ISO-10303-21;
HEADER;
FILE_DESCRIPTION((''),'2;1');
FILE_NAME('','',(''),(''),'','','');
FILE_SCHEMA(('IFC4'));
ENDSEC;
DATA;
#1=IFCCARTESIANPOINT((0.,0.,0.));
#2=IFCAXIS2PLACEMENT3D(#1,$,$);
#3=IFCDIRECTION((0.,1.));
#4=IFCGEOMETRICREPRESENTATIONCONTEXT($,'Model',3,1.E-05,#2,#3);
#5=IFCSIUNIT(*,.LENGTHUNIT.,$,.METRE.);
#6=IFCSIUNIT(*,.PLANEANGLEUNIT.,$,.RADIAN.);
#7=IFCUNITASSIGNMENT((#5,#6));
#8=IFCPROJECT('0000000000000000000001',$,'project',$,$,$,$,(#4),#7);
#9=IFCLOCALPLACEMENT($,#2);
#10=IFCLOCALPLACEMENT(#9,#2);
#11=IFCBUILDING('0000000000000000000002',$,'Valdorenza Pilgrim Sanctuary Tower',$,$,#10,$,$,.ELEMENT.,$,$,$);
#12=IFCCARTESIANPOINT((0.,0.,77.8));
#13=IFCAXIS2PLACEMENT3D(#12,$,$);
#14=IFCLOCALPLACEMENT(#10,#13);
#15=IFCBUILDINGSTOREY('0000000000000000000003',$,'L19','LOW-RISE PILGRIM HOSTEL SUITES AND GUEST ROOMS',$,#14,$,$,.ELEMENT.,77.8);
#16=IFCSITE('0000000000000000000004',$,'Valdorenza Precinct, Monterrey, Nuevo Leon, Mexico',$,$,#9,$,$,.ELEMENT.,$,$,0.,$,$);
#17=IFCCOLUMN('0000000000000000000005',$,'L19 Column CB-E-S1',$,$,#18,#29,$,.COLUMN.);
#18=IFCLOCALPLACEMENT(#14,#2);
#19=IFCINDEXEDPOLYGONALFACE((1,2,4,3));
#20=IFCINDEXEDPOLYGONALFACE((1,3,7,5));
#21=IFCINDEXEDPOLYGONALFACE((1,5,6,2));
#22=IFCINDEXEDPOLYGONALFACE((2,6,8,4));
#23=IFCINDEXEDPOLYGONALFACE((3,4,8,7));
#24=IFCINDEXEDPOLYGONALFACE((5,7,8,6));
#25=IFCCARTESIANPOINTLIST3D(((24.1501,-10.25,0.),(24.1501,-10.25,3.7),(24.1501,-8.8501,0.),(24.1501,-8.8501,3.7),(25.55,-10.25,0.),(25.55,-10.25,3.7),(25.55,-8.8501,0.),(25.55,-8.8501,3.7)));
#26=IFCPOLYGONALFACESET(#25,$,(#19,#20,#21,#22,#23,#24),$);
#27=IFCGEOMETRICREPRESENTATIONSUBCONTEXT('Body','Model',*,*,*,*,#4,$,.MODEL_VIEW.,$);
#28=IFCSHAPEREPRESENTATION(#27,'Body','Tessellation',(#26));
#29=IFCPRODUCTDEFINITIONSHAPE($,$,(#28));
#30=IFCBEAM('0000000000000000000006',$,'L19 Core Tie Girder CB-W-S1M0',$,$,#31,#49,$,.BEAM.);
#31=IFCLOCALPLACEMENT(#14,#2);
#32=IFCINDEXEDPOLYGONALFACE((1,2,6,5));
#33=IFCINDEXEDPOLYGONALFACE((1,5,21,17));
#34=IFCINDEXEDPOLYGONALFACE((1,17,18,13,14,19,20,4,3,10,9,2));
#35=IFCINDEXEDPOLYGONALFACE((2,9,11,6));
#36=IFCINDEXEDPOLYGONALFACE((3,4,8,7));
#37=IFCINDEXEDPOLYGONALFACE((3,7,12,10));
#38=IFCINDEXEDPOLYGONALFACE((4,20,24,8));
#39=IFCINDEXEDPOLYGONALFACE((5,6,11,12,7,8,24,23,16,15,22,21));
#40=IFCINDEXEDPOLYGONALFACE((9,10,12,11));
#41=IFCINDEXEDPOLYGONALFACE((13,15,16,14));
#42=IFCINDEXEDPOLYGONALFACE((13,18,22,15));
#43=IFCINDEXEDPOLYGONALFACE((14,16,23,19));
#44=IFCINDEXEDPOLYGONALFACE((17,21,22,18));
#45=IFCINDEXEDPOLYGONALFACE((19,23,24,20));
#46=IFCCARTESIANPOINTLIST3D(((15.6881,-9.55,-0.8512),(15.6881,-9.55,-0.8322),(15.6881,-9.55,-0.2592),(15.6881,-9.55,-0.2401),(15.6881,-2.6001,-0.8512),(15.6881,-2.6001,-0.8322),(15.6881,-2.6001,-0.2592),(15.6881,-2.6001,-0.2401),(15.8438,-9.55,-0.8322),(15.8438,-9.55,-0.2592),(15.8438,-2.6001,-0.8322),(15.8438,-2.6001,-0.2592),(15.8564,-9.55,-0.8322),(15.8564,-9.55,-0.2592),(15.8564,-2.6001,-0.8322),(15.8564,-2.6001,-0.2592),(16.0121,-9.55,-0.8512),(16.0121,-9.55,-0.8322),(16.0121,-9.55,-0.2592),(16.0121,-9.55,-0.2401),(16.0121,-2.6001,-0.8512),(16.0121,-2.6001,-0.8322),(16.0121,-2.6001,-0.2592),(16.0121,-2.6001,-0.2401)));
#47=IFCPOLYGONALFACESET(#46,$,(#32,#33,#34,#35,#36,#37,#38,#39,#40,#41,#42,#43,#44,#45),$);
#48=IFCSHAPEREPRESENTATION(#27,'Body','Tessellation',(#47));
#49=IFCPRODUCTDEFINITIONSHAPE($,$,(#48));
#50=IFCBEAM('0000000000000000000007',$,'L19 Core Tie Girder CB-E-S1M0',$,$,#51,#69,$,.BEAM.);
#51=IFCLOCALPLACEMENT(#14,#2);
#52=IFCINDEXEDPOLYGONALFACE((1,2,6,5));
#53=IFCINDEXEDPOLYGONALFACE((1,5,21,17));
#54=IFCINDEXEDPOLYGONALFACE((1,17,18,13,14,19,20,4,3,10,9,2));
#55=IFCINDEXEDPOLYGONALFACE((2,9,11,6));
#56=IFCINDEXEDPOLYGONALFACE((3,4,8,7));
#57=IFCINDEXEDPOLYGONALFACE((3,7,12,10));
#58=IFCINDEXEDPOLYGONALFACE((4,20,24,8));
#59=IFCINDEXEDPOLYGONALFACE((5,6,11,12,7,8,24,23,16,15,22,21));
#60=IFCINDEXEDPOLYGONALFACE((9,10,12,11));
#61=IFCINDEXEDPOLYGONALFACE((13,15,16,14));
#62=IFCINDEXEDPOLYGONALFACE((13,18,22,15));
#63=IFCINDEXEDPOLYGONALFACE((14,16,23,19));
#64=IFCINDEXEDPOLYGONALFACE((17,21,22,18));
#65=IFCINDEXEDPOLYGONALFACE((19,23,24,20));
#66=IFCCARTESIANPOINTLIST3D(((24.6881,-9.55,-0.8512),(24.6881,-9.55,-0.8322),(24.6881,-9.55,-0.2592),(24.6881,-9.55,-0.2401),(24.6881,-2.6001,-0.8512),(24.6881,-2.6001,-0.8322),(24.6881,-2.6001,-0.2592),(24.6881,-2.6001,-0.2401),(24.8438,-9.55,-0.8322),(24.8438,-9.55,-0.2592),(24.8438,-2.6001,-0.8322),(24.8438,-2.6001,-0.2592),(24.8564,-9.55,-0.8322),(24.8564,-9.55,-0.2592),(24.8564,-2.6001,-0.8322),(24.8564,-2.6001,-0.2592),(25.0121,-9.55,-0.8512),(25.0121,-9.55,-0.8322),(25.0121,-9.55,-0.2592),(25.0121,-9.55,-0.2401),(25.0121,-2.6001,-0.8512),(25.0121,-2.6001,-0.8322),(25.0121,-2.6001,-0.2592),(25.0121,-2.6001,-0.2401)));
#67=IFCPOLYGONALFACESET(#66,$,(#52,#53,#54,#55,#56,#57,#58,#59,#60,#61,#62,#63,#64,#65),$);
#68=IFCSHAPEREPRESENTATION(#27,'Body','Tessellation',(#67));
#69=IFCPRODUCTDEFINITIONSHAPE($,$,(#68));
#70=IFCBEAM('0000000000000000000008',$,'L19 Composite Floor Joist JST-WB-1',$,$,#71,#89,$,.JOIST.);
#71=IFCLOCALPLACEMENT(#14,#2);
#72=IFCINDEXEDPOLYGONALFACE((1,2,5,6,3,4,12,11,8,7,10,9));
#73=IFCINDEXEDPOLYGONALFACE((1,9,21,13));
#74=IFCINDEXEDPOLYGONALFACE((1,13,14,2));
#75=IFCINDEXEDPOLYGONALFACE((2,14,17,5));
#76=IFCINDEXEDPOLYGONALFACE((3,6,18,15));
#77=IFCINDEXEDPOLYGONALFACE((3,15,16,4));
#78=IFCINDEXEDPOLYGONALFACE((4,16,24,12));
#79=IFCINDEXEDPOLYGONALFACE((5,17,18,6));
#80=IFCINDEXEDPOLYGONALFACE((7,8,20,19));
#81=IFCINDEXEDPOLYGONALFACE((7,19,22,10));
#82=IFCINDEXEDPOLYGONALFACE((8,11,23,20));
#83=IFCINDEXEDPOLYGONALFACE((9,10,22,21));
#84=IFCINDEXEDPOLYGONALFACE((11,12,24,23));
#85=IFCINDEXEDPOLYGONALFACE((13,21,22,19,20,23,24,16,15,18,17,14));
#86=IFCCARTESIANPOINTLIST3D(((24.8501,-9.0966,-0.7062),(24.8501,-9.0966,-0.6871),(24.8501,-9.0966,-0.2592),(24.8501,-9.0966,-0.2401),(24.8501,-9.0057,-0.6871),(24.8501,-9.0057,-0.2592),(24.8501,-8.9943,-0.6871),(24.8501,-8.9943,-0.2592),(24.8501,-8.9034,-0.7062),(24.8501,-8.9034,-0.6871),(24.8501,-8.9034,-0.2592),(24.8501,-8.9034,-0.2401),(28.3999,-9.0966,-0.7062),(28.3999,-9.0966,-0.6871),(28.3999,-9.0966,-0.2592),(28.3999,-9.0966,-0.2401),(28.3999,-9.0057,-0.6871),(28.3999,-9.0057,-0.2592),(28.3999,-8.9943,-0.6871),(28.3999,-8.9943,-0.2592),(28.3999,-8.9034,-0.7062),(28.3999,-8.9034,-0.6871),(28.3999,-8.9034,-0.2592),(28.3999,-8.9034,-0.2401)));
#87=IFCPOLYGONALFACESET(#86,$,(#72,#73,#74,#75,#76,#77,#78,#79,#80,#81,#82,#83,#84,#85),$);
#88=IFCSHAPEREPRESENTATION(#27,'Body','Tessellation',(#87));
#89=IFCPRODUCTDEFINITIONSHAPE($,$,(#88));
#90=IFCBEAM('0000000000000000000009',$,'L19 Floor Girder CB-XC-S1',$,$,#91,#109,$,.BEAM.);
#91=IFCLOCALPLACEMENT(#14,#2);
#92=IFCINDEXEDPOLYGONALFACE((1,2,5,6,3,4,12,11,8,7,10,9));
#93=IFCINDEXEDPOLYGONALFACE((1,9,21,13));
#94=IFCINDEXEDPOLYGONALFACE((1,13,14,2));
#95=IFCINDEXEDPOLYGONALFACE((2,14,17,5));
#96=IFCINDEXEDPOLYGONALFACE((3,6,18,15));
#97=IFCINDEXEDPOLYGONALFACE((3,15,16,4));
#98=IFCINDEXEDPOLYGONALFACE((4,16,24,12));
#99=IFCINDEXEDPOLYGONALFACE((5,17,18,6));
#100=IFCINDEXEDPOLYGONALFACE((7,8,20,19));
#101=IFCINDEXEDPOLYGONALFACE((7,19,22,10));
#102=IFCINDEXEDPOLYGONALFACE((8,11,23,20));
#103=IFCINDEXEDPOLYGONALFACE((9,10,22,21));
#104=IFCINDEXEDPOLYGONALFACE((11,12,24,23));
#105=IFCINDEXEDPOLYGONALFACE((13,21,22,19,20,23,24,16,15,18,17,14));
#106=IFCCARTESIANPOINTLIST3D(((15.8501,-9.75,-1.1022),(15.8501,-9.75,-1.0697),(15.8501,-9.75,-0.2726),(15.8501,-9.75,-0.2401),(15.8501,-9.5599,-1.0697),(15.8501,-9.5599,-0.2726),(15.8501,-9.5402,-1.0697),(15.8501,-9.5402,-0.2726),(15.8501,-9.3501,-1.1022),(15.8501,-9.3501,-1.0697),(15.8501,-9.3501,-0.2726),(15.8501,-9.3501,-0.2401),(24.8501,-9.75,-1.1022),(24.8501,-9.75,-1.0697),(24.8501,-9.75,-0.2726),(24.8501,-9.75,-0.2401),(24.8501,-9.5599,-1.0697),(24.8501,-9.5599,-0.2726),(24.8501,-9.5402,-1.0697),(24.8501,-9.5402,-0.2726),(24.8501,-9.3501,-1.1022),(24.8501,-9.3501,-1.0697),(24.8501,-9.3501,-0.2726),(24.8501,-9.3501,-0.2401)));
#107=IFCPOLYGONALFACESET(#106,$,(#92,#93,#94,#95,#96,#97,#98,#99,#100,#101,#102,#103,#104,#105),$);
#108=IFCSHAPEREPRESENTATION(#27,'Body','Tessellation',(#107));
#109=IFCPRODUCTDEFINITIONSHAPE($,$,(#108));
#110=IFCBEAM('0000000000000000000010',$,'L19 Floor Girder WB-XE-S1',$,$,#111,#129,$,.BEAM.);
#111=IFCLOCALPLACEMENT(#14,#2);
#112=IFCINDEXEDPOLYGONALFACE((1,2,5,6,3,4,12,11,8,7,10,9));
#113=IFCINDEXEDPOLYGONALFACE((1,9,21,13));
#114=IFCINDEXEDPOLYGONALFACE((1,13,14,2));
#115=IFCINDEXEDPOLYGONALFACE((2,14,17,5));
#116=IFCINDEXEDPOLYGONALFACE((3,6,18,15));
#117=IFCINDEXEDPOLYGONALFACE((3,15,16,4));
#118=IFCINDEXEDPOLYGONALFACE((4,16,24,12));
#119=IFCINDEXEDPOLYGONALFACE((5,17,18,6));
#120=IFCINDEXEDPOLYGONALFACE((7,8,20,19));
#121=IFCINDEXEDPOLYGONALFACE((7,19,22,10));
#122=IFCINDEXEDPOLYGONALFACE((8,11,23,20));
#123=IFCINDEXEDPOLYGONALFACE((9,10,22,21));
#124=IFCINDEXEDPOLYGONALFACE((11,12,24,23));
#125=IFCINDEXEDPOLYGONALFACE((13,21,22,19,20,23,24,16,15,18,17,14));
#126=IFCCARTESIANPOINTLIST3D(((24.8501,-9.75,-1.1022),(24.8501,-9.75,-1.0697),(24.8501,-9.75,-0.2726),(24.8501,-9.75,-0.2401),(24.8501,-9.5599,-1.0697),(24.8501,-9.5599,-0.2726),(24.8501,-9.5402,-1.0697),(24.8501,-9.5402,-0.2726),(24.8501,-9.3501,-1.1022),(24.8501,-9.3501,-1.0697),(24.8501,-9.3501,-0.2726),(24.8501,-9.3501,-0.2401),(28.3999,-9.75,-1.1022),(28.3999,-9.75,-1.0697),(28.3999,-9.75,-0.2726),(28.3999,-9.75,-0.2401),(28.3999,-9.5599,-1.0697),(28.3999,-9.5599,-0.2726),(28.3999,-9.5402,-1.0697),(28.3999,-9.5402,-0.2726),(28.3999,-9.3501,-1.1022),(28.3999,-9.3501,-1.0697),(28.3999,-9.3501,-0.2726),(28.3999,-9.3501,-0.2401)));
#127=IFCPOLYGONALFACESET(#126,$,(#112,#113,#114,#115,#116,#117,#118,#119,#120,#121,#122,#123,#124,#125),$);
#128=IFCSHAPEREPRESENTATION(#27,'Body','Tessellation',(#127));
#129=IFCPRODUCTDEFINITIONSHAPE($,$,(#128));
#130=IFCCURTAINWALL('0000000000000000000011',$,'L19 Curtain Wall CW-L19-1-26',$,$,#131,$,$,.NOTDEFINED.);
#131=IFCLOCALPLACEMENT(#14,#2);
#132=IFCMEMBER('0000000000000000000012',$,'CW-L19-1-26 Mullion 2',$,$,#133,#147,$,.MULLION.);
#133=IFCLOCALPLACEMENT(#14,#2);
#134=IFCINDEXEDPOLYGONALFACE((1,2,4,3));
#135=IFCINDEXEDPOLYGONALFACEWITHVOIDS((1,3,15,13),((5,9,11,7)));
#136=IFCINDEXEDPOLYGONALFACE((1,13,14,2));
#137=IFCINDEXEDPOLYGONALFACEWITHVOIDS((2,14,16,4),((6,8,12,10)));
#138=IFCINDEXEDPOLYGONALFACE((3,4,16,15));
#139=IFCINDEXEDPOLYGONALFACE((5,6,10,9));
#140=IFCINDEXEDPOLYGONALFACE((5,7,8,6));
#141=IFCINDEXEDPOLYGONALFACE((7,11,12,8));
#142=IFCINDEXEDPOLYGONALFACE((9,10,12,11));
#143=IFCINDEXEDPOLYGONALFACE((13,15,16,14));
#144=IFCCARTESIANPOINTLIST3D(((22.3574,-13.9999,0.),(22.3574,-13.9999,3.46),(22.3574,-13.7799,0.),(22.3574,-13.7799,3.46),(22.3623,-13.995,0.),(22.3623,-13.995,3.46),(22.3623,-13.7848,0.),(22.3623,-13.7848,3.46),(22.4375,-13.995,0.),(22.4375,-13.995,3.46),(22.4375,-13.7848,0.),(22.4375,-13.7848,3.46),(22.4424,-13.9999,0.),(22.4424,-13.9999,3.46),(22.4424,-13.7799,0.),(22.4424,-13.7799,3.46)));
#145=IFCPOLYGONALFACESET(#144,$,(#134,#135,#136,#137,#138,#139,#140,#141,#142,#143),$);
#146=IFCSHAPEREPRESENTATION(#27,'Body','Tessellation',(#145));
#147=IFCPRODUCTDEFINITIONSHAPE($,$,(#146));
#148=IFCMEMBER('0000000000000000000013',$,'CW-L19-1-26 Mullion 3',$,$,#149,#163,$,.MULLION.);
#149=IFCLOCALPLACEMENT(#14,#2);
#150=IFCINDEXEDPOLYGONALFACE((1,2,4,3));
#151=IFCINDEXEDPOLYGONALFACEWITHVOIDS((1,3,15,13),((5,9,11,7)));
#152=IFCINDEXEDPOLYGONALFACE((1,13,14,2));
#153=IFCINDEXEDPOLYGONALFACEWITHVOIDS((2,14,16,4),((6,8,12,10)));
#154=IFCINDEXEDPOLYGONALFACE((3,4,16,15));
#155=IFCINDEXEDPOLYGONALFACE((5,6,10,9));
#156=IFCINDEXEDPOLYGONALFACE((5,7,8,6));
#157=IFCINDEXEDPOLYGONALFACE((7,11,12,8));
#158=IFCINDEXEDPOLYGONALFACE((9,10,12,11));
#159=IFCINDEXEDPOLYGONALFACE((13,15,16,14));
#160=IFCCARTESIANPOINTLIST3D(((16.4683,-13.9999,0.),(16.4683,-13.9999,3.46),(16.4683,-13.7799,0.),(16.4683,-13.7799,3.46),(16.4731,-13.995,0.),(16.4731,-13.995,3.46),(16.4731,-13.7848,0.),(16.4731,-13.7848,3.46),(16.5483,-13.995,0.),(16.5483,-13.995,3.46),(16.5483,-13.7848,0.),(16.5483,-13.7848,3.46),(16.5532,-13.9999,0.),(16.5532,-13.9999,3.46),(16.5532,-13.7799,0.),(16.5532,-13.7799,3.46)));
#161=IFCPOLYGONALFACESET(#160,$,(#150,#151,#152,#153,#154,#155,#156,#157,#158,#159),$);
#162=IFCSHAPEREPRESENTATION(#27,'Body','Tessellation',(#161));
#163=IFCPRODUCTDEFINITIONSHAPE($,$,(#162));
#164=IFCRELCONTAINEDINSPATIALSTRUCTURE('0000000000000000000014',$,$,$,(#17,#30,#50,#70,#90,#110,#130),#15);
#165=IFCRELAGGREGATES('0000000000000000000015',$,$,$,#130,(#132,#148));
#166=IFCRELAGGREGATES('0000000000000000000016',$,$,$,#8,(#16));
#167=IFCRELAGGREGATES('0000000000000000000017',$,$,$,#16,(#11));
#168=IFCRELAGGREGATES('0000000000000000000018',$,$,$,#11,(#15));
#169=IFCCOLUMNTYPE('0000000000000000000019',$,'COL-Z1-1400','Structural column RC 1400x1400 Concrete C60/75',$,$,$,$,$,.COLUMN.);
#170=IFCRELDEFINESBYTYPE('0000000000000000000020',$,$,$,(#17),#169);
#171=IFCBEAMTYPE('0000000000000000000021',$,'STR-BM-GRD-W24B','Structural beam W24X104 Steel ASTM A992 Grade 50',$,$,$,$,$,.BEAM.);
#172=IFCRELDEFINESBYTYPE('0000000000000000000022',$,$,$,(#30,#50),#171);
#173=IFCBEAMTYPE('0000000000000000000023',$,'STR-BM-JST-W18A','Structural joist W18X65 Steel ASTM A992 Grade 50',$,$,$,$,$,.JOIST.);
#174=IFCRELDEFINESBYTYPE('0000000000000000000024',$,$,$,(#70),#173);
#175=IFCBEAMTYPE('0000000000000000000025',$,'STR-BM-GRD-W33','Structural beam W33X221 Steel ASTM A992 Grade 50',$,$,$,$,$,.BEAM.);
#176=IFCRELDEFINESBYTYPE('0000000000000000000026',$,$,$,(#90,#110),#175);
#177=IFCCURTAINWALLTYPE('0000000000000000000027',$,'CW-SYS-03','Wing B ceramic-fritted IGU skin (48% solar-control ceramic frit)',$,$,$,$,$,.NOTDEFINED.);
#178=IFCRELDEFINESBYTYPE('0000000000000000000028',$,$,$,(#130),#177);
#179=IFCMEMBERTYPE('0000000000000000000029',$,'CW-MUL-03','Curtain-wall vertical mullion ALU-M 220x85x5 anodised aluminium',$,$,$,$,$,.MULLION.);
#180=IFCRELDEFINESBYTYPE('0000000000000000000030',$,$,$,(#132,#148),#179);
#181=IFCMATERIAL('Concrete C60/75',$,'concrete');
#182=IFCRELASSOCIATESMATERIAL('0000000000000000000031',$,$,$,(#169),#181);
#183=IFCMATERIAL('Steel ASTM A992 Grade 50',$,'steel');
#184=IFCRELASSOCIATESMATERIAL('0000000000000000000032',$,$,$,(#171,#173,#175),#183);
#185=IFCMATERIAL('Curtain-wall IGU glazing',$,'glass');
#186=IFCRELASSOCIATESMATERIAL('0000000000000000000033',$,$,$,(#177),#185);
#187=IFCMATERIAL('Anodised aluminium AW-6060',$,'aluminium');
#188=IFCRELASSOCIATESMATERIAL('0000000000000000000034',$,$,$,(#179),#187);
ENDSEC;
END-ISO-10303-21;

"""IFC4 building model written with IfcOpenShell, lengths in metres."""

from ifc_helpers import new_model, si_unit, direction, frame, origin, origin_2d, place, context, subcontext, project, spatial, rectangle, hollow_rectangle, i_section, extrude, source, transform, mapped, material, material_profile, profile_set, type_object, element, aggregate, save


model = new_model("IFC4")

# Units and contexts
model_context = context("Model", 3, precision=1e-05, world=origin(), true_north=direction((0.0, 1.0)))
body_context = subcontext(model_context, "Body", "Model", "MODEL_VIEW")
ifc_project = project(units=[si_unit("LENGTHUNIT", "METRE"), si_unit("PLANEANGLEUNIT", "RADIAN")], contexts=[model_context])

# Site, building, storey
site_placement = place(None, origin())
site = spatial("IfcSite", under=ifc_project, at=site_placement, Name="Valdorenza Precinct, Monterrey, Nuevo Leon, Mexico", CompositionType="ELEMENT", RefElevation=0.0)
building_placement = place(site_placement, origin())
building = spatial("IfcBuilding", under=site, at=building_placement, Name="Valdorenza Pilgrim Sanctuary Tower", CompositionType="ELEMENT")
storey_placement = place(building_placement, frame((0.0, 0.0, 77.8)))
storey = spatial("IfcBuildingStorey", under=building, at=storey_placement, Name="L19", Description="LOW-RISE PILGRIM HOSTEL SUITES AND GUEST ROOMS", CompositionType="ELEMENT", Elevation=77.8)

# Column
ifc_material_1 = material(Name="Concrete C60/75", Category="concrete")
ifc_material_profile_1 = material_profile(ifc_material_1, rectangle(XDim=1.3999, YDim=1.3999, at=origin_2d()), Name="RC 1400x1400")
ifc_profile_set_1 = profile_set([ifc_material_profile_1], Name="Concrete C60/75")
column_type = type_object("IfcColumnType", Name="COL-Z1-1400", Description="Structural column RC 1400x1400 Concrete C60/75", PredefinedType="COLUMN", material=ifc_profile_set_1)
shared_shape_1 = source(origin(), body_context, "Body", "SweptSolid", [
    extrude(rectangle(XDim=1.3999, YDim=1.3999, at=origin_2d()), origin(), (0.0, 0.0, 1.0), 3.7),
])
column_placement = place(storey_placement, frame((24.8501, -9.55, 0.0), z_axis=(0.0, 0.0, 1.0), x_axis=(1.0, 0.0, 0.0)))
element("IfcColumn", 1, at=column_placement, inside=storey, type_object=column_type, Name="L19 Column CB-E-S1", PredefinedType="COLUMN", context=body_context, shape_type="MappedRepresentation", body=[
    mapped(shared_shape_1, transform((0.0, 0.0, 0.0), x_axis=(1.0, 0.0, 0.0), y_axis=(0.0, 1.0, 0.0), z_axis=(0.0, 0.0, 1.0), scale=1.0)),
])

# Beams
ifc_material_2 = material(Name="Steel ASTM A992 Grade 50", Category="steel")
ifc_material_profile_2 = material_profile(ifc_material_2, i_section(OverallWidth=0.324, OverallDepth=0.6111, WebThickness=0.0127, FlangeThickness=0.019, at=origin_2d()), Name="W24X104")
ifc_profile_set_2 = profile_set([ifc_material_profile_2], Name="Steel ASTM A992 Grade 50")
beam_type_1 = type_object("IfcBeamType", Name="STR-BM-GRD-W24B", Description="Structural beam W24X104 Steel ASTM A992 Grade 50", PredefinedType="BEAM", material=ifc_profile_set_2)
shared_shape_2 = source(origin(), body_context, "Body", "SweptSolid", [
    extrude(i_section(OverallWidth=0.324, OverallDepth=0.6111, WebThickness=0.0127, FlangeThickness=0.019, at=origin_2d()), origin(), (0.0, 0.0, 1.0), 6.95),
])
for number, where, z_axis, x_axis, name in (
    (2, (15.8501, -9.55, -0.5457), (0.0, 1.0, 0.0), (-1.0, 0.0, 0.0), "L19 Core Tie Girder CB-W-S1M0"),
    (3, (24.8501, -9.55, -0.5457), (0.0, 1.0, 0.0), (-1.0, 0.0, 0.0), "L19 Core Tie Girder CB-E-S1M0"),
):
    element("IfcBeam", number, at=place(storey_placement, frame(where, z_axis=z_axis, x_axis=x_axis)), inside=storey, type_object=beam_type_1, Name=name, PredefinedType="BEAM", context=body_context, shape_type="MappedRepresentation", body=[
        mapped(shared_shape_2, transform((0.0, 0.0, 0.0), x_axis=(1.0, 0.0, 0.0), y_axis=(0.0, 1.0, 0.0), z_axis=(0.0, 0.0, 1.0), scale=1.0)),
    ])
ifc_material_profile_3 = material_profile(ifc_material_2, i_section(OverallWidth=0.1931, OverallDepth=0.4661, WebThickness=0.0115, FlangeThickness=0.019, at=origin_2d()), Name="W18X65")
ifc_profile_set_3 = profile_set([ifc_material_profile_3], Name="Steel ASTM A992 Grade 50")
beam_type_2 = type_object("IfcBeamType", Name="STR-BM-JST-W18A", Description="Structural joist W18X65 Steel ASTM A992 Grade 50", PredefinedType="JOIST", material=ifc_profile_set_3)
shared_shape_3 = source(origin(), body_context, "Body", "SweptSolid", [
    extrude(i_section(OverallWidth=0.1931, OverallDepth=0.4661, WebThickness=0.0115, FlangeThickness=0.019, at=origin_2d()), origin(), (0.0, 0.0, 1.0), 3.5498),
])
beam_1_placement = place(storey_placement, frame((24.8501, -9.0, -0.4731), z_axis=(1.0, 0.0, 0.0), x_axis=(0.0, 1.0, 0.0)))
element("IfcBeam", 4, at=beam_1_placement, inside=storey, type_object=beam_type_2, Name="L19 Composite Floor Joist JST-WB-1", PredefinedType="JOIST", context=body_context, shape_type="MappedRepresentation", body=[
    mapped(shared_shape_3, transform((0.0, 0.0, 0.0), x_axis=(1.0, 0.0, 0.0), y_axis=(0.0, 1.0, 0.0), z_axis=(0.0, 0.0, 1.0), scale=1.0)),
])
ifc_material_profile_4 = material_profile(ifc_material_2, i_section(OverallWidth=0.3999, OverallDepth=0.8621, WebThickness=0.0198, FlangeThickness=0.0325, at=origin_2d()), Name="W33X221")
ifc_profile_set_4 = profile_set([ifc_material_profile_4], Name="Steel ASTM A992 Grade 50")
beam_type_3 = type_object("IfcBeamType", Name="STR-BM-GRD-W33", Description="Structural beam W33X221 Steel ASTM A992 Grade 50", PredefinedType="BEAM", material=ifc_profile_set_4)
shared_shape_4 = source(origin(), body_context, "Body", "SweptSolid", [
    extrude(i_section(OverallWidth=0.3999, OverallDepth=0.8621, WebThickness=0.0198, FlangeThickness=0.0325, at=origin_2d()), origin(), (0.0, 0.0, 1.0), 9.0),
])
beam_2_placement = place(storey_placement, frame((15.8501, -9.55, -0.6711), z_axis=(1.0, 0.0, 0.0), x_axis=(0.0, 1.0, 0.0)))
element("IfcBeam", 5, at=beam_2_placement, inside=storey, type_object=beam_type_3, Name="L19 Floor Girder CB-XC-S1", PredefinedType="BEAM", context=body_context, shape_type="MappedRepresentation", body=[
    mapped(shared_shape_4, transform((0.0, 0.0, 0.0), x_axis=(1.0, 0.0, 0.0), y_axis=(0.0, 1.0, 0.0), z_axis=(0.0, 0.0, 1.0), scale=1.0)),
])
shared_shape_5 = source(origin(), body_context, "Body", "SweptSolid", [
    extrude(i_section(OverallWidth=0.3999, OverallDepth=0.8621, WebThickness=0.0198, FlangeThickness=0.0325, at=origin_2d()), origin(), (0.0, 0.0, 1.0), 3.5498),
])
beam_3_placement = place(storey_placement, frame((24.8501, -9.55, -0.6711), z_axis=(1.0, 0.0, 0.0), x_axis=(0.0, 1.0, 0.0)))
element("IfcBeam", 6, at=beam_3_placement, inside=storey, type_object=beam_type_3, Name="L19 Floor Girder WB-XE-S1", PredefinedType="BEAM", context=body_context, shape_type="MappedRepresentation", body=[
    mapped(shared_shape_5, transform((0.0, 0.0, 0.0), x_axis=(1.0, 0.0, 0.0), y_axis=(0.0, 1.0, 0.0), z_axis=(0.0, 0.0, 1.0), scale=1.0)),
])

# Curtain wall, members
ifc_material_3 = material(Name="Curtain-wall IGU glazing", Category="glass")
curtain_wall_type = type_object("IfcCurtainWallType", Name="CW-SYS-03", Description="Wing B ceramic-fritted IGU skin (48% solar-control ceramic frit)", PredefinedType="NOTDEFINED", material=ifc_material_3)
curtain_wall_placement = place(storey_placement, origin())
curtain_wall = element("IfcCurtainWall", 7, at=curtain_wall_placement, inside=storey, type_object=curtain_wall_type, Name="L19 Curtain Wall CW-L19-1-26", PredefinedType="NOTDEFINED")
ifc_material_4 = material(Name="Anodised aluminium AW-6060", Category="aluminium")
ifc_material_profile_5 = material_profile(ifc_material_4, hollow_rectangle(XDim=0.085, YDim=0.22, WallThickness=0.0049, at=origin_2d()), Name="ALU-M 220x85x5")
ifc_profile_set_5 = profile_set([ifc_material_profile_5], Name="Anodised aluminium AW-6060")
member_type = type_object("IfcMemberType", Name="CW-MUL-03", Description="Curtain-wall vertical mullion ALU-M 220x85x5 anodised aluminium", PredefinedType="MULLION", material=ifc_profile_set_5)
shared_shape_6 = source(origin(), body_context, "Body", "SweptSolid", [
    extrude(hollow_rectangle(XDim=0.085, YDim=0.22, WallThickness=0.0049, at=origin_2d()), origin(), (0.0, 0.0, 1.0), 3.46),
])
member_1_placement = place(storey_placement, frame((22.3999, -13.8899, 0.0), z_axis=(0.0, 0.0, 1.0), x_axis=(-1.0, 0.0, 0.0)))
member_1 = element("IfcMember", 8, at=member_1_placement, type_object=member_type, Name="CW-L19-1-26 Mullion 2", PredefinedType="MULLION", context=body_context, shape_type="MappedRepresentation", body=[
    mapped(shared_shape_6, transform((0.0, 0.0, 0.0), x_axis=(1.0, 0.0, 0.0), y_axis=(0.0, 1.0, 0.0), z_axis=(0.0, 0.0, 1.0), scale=1.0)),
])
member_2_placement = place(storey_placement, frame((16.5107, -13.8899, 0.0), z_axis=(0.0, 0.0, 1.0), x_axis=(-1.0, 0.0, 0.0)))
member_2 = element("IfcMember", 9, at=member_2_placement, type_object=member_type, Name="CW-L19-1-26 Mullion 3", PredefinedType="MULLION", context=body_context, shape_type="MappedRepresentation", body=[
    mapped(shared_shape_6, transform((0.0, 0.0, 0.0), x_axis=(1.0, 0.0, 0.0), y_axis=(0.0, 1.0, 0.0), z_axis=(0.0, 0.0, 1.0), scale=1.0)),
])
aggregate(curtain_wall, [member_1, member_2])

save(model, "model.ifc")
